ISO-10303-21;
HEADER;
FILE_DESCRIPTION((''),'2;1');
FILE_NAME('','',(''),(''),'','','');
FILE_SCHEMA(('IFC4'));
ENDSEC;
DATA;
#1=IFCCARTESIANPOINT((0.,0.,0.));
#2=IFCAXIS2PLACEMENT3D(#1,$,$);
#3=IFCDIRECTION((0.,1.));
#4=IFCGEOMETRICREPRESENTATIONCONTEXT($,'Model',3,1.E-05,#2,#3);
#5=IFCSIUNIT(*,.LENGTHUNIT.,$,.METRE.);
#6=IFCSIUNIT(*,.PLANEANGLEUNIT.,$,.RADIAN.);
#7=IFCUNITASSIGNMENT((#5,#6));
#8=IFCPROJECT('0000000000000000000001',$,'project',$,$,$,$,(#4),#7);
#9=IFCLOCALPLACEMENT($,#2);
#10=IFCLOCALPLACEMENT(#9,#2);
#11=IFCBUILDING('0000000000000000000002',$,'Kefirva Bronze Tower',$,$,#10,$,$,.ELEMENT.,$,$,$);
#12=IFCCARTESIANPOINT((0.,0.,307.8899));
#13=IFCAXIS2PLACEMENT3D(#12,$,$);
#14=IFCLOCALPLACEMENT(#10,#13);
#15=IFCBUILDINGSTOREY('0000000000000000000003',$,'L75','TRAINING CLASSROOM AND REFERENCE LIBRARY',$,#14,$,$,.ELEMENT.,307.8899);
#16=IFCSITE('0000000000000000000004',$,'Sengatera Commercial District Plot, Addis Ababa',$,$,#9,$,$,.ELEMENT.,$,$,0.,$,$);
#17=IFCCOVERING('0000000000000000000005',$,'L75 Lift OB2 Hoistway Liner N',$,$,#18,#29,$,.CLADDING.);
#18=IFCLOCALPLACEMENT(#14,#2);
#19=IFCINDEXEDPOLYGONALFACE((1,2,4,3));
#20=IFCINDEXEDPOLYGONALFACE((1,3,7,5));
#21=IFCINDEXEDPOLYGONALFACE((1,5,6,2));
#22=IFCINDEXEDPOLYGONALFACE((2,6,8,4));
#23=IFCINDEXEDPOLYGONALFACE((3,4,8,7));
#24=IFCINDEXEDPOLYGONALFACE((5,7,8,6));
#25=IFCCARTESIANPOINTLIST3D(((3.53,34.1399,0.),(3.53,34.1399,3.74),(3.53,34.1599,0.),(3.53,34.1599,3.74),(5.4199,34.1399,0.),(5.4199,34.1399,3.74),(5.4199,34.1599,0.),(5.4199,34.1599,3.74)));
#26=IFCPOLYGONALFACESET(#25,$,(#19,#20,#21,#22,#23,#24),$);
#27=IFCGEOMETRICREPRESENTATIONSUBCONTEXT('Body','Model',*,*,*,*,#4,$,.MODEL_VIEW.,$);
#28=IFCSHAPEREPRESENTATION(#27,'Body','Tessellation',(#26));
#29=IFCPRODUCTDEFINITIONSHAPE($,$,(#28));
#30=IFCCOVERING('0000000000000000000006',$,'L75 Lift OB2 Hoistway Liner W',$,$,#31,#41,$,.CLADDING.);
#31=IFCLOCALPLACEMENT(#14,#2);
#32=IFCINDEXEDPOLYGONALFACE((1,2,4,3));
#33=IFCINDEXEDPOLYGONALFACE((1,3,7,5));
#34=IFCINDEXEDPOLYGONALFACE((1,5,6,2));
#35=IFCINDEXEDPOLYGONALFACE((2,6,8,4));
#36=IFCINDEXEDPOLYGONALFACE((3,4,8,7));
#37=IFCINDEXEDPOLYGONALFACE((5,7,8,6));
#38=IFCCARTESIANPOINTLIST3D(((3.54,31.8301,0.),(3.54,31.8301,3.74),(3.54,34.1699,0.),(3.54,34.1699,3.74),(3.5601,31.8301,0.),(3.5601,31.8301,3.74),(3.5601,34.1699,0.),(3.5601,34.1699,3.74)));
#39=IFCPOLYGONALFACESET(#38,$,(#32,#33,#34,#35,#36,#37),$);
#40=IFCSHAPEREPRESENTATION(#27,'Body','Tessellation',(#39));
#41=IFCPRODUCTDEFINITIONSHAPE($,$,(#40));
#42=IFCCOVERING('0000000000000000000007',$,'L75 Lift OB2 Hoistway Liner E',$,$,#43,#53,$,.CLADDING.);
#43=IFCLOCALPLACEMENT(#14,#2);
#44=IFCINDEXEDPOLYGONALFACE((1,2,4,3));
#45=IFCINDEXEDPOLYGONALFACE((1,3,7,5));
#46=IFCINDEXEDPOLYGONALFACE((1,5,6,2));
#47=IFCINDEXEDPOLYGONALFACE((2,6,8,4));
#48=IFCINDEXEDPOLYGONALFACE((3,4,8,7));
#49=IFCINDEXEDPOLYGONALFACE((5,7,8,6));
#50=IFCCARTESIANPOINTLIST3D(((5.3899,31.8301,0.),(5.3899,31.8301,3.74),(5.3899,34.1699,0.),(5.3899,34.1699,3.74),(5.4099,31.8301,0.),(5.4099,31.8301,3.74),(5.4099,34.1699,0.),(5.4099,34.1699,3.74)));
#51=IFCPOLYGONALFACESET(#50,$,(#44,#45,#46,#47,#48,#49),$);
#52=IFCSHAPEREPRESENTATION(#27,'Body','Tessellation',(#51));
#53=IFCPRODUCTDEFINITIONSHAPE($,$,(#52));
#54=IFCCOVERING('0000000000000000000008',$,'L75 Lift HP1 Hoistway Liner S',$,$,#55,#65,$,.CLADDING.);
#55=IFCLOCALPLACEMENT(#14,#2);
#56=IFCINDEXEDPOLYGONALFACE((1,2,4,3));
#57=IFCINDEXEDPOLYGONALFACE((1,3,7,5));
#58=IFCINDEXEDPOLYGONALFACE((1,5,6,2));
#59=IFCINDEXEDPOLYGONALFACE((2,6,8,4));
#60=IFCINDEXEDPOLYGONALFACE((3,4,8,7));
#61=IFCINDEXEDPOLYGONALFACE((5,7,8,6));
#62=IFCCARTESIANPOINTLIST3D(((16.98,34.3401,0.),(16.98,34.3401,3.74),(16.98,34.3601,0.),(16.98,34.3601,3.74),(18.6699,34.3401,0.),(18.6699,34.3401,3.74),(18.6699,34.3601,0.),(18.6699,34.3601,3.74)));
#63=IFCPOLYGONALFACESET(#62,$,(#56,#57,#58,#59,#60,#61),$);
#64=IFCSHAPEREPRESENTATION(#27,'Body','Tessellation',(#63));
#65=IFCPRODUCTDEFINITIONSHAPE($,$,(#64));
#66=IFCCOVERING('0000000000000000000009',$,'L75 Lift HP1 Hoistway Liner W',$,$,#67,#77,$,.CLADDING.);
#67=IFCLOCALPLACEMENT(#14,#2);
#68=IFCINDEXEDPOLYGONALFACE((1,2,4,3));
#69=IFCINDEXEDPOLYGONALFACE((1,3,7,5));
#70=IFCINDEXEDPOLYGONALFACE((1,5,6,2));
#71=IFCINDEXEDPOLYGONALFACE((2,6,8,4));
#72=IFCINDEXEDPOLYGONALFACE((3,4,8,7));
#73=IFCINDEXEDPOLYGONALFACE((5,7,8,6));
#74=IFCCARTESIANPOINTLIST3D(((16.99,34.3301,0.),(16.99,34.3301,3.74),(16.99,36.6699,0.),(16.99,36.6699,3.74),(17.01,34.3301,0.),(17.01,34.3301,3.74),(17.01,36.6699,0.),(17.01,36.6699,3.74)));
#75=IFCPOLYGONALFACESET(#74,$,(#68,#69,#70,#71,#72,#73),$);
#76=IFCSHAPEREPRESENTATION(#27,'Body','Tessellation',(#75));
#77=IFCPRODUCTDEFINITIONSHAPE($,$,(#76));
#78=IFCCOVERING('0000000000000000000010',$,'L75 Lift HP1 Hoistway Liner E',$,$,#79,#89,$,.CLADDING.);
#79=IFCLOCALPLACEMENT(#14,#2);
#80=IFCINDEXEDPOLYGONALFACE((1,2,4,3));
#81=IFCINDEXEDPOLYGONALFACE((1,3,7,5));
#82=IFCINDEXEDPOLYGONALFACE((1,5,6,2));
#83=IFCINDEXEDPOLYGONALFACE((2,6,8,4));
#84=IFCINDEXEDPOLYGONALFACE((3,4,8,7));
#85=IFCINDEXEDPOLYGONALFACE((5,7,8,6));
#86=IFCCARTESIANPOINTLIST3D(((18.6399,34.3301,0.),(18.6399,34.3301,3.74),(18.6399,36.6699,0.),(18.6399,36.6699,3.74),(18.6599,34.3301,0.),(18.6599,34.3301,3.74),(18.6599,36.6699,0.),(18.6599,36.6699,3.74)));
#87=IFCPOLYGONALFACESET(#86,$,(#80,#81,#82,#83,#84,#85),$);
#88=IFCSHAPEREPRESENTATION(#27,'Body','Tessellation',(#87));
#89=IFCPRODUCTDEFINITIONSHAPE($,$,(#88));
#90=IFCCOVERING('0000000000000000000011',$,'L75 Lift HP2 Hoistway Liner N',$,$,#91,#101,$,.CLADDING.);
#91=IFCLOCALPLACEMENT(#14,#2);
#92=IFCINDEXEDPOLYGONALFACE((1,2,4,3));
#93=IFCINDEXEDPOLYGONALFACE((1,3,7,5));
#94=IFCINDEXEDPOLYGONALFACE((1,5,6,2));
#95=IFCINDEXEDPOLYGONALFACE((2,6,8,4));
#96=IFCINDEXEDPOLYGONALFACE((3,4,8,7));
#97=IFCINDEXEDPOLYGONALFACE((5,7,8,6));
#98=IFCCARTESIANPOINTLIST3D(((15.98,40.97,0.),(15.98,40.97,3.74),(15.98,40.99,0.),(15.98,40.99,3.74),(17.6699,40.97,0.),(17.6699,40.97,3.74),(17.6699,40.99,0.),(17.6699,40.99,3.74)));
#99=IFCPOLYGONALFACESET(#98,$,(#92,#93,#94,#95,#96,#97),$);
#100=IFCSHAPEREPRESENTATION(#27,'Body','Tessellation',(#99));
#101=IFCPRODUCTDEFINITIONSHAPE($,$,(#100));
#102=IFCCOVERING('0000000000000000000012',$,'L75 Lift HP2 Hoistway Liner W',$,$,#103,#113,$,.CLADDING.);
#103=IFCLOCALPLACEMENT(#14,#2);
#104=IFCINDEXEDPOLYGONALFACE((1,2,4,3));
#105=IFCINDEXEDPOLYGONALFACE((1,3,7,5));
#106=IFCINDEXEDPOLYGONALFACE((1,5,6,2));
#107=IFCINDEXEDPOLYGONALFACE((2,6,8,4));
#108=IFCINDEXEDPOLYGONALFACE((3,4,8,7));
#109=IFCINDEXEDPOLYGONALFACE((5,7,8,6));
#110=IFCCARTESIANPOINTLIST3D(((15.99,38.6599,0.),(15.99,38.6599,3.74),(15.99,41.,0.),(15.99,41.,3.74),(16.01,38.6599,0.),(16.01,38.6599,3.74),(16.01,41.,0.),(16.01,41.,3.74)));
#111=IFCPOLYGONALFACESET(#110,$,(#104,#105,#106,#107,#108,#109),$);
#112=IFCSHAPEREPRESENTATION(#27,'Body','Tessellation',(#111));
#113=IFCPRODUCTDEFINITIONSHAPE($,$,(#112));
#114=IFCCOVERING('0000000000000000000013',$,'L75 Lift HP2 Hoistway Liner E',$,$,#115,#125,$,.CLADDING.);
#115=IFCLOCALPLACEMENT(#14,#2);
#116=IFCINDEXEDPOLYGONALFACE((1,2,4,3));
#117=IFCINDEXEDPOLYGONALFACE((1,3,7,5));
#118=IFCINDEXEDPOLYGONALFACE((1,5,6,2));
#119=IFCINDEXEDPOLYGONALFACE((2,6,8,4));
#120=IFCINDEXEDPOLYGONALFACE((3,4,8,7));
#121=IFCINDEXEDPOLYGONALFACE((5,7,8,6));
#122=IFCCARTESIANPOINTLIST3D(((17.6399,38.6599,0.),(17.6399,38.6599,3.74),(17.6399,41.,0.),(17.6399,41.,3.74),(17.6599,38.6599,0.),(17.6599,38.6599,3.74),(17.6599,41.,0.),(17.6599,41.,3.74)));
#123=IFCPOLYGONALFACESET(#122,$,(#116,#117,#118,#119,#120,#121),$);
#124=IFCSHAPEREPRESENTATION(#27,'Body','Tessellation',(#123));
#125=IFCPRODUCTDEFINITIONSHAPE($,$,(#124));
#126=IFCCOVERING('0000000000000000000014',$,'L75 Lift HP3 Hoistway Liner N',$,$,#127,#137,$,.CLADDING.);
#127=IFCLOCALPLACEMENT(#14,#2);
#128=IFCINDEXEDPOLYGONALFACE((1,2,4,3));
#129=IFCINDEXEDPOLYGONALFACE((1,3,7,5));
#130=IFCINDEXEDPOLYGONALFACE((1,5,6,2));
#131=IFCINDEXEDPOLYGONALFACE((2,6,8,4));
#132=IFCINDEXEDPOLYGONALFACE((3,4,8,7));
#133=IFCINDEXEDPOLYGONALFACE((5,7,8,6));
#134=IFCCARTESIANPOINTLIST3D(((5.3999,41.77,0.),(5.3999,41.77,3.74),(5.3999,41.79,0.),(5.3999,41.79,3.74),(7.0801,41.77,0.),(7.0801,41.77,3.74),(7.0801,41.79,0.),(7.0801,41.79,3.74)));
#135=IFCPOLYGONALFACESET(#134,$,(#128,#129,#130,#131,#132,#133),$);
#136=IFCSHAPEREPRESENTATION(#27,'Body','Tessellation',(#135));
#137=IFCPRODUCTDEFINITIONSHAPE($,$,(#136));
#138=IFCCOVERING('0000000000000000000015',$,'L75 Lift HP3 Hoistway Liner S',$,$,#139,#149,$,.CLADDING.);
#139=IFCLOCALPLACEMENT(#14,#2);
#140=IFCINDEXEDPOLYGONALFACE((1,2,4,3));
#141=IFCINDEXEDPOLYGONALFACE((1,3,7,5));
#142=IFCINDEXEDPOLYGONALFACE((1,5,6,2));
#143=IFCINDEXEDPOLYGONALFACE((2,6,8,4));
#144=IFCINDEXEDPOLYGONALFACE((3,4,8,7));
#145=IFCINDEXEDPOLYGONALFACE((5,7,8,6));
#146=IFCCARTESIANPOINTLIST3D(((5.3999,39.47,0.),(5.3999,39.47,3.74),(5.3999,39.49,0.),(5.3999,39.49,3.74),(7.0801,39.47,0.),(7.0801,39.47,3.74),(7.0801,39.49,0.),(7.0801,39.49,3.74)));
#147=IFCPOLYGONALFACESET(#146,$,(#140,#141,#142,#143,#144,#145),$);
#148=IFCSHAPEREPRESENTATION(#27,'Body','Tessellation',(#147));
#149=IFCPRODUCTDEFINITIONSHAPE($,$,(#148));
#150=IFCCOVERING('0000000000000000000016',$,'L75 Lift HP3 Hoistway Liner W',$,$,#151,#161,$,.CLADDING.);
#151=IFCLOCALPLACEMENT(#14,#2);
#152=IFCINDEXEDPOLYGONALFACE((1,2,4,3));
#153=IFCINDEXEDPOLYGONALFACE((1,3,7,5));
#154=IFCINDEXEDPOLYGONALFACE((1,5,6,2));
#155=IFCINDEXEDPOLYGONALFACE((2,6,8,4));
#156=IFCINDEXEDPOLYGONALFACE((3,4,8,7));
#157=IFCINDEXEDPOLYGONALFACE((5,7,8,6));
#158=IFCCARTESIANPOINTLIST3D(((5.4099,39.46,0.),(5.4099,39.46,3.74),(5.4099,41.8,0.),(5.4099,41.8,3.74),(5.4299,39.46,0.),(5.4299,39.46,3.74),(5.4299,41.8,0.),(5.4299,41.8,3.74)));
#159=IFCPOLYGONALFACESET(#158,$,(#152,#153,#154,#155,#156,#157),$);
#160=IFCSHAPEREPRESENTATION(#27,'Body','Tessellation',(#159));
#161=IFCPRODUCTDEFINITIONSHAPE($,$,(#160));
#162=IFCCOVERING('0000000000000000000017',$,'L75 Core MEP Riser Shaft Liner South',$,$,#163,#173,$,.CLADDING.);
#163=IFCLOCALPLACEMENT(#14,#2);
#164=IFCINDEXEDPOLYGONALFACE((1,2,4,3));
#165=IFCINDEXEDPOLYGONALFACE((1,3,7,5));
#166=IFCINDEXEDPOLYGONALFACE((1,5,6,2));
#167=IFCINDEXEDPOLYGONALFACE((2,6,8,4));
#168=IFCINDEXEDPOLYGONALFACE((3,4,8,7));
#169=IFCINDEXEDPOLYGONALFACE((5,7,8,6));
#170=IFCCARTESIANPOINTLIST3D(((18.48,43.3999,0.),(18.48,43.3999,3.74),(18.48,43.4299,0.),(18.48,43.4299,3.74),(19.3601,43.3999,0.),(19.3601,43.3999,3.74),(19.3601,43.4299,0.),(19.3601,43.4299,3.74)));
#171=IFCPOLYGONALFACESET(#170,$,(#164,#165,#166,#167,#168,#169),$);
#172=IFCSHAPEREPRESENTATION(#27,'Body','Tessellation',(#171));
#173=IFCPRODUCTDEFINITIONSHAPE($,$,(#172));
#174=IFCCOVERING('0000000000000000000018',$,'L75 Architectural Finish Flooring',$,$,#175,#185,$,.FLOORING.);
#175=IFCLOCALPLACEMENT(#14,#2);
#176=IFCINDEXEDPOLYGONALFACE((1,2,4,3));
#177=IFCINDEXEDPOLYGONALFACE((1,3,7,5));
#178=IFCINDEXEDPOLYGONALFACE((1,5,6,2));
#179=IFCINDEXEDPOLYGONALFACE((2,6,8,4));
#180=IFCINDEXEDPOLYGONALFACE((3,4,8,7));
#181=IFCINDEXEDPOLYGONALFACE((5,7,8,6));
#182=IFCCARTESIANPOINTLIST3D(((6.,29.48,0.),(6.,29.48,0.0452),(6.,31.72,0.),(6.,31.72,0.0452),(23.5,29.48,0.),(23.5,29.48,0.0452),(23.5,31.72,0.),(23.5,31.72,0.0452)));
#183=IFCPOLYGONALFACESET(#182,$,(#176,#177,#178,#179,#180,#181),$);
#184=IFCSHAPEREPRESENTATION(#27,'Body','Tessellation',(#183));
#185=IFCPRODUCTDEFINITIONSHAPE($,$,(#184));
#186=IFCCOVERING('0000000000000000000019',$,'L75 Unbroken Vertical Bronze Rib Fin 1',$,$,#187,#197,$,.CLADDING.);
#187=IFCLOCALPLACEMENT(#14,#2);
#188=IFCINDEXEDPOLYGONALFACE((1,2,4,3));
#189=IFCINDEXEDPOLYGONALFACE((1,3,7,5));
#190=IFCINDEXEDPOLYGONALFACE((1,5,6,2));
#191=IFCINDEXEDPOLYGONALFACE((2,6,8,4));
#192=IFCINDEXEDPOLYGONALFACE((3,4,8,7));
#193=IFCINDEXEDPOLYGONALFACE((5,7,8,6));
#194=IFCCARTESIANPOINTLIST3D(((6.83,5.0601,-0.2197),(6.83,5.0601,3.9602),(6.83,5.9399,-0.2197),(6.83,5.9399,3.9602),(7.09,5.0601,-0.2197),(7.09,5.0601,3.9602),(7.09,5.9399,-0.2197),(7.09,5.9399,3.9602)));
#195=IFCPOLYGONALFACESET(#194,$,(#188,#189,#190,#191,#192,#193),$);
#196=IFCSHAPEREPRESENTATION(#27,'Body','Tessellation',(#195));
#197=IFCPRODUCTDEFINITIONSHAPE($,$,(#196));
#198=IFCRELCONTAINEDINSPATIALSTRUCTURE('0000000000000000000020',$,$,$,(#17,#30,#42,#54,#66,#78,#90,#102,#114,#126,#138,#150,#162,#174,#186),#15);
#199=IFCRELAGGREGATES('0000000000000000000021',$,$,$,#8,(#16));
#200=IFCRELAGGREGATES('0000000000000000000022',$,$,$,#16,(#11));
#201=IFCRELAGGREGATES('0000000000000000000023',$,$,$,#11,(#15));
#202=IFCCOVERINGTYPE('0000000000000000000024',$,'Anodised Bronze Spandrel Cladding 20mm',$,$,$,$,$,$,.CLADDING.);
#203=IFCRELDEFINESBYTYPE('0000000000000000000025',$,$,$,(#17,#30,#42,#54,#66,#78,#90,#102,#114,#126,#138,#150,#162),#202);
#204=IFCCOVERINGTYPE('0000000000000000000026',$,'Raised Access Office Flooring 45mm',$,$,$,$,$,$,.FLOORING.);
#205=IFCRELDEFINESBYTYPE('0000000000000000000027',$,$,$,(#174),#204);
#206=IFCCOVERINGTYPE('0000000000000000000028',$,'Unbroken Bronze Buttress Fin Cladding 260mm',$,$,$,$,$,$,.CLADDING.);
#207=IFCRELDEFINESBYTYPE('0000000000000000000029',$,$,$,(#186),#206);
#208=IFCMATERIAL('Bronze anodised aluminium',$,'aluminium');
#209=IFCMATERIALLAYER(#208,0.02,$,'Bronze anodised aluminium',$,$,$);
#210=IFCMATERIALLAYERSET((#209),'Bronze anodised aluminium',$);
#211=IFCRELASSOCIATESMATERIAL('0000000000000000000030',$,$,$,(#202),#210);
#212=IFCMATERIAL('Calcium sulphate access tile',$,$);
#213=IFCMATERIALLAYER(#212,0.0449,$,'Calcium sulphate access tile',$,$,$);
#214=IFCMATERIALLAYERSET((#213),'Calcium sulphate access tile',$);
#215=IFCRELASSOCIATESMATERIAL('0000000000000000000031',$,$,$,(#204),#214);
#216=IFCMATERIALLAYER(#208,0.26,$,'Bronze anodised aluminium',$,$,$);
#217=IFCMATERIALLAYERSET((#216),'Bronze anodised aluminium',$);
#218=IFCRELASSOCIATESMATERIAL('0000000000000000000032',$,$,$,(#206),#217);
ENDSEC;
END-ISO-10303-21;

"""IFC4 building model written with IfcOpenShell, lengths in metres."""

from ifc_helpers import new_model, si_unit, direction, frame, origin, origin_2d, place, context, subcontext, project, spatial, polyline, rectangle, outline, extrude, material, layer, layer_set, type_object, element, save


model = new_model("IFC4")

# Units and contexts
model_context = context("Model", 3, precision=1e-05, world=origin(), true_north=direction((0.0, 1.0)))
body_context = subcontext(model_context, "Body", "Model", "MODEL_VIEW")
ifc_project = project(units=[si_unit("LENGTHUNIT", "METRE"), si_unit("PLANEANGLEUNIT", "RADIAN")], contexts=[model_context])

# Site, building, storey
site_placement = place(None, origin())
site = spatial("IfcSite", under=ifc_project, at=site_placement, Name="Sengatera Commercial District Plot, Addis Ababa", CompositionType="ELEMENT", RefElevation=0.0)
building_placement = place(site_placement, origin())
building = spatial("IfcBuilding", under=site, at=building_placement, Name="Kefirva Bronze Tower", CompositionType="ELEMENT")
storey_placement = place(building_placement, frame((0.0, 0.0, 307.8899)))
storey = spatial("IfcBuildingStorey", under=building, at=storey_placement, Name="L75", Description="TRAINING CLASSROOM AND REFERENCE LIBRARY", CompositionType="ELEMENT", Elevation=307.8899)

# Shared definitions
ifc_material_1 = material(Name="Bronze anodised aluminium", Category="aluminium")

# Coverings
ifc_layer_1 = layer(ifc_material_1, 0.02, Name="Bronze anodised aluminium")
ifc_layer_set_1 = layer_set([ifc_layer_1], Name="Bronze anodised aluminium")
covering_type_1 = type_object("IfcCoveringType", Name="Anodised Bronze Spandrel Cladding 20mm", PredefinedType="CLADDING", material=ifc_layer_set_1)
covering_1_placement = place(storey_placement, origin())
element("IfcCovering", 1, at=covering_1_placement, inside=storey, type_object=covering_type_1, Name="L75 Lift OB2 Hoistway Liner N", PredefinedType="CLADDING", context=body_context, shape_type="SweptSolid", body=[
    extrude(outline(polyline([(3.53, 34.1399), (5.4199, 34.1399), (5.4199, 34.1599), (3.53, 34.1599), (3.53, 34.1399)])), origin(), (0.0, 0.0, 1.0), 3.74),
])
covering_2_placement = place(storey_placement, origin())
element("IfcCovering", 2, at=covering_2_placement, inside=storey, type_object=covering_type_1, Name="L75 Lift OB2 Hoistway Liner W", PredefinedType="CLADDING", context=body_context, shape_type="SweptSolid", body=[
    extrude(outline(polyline([(3.54, 31.8301), (3.5601, 31.8301), (3.5601, 34.1699), (3.54, 34.1699), (3.54, 31.8301)])), origin(), (0.0, 0.0, 1.0), 3.74),
])
covering_3_placement = place(storey_placement, origin())
element("IfcCovering", 3, at=covering_3_placement, inside=storey, type_object=covering_type_1, Name="L75 Lift OB2 Hoistway Liner E", PredefinedType="CLADDING", context=body_context, shape_type="SweptSolid", body=[
    extrude(outline(polyline([(5.3899, 31.8301), (5.4099, 31.8301), (5.4099, 34.1699), (5.3899, 34.1699), (5.3899, 31.8301)])), origin(), (0.0, 0.0, 1.0), 3.74),
])
covering_4_placement = place(storey_placement, origin())
element("IfcCovering", 4, at=covering_4_placement, inside=storey, type_object=covering_type_1, Name="L75 Lift HP1 Hoistway Liner S", PredefinedType="CLADDING", context=body_context, shape_type="SweptSolid", body=[
    extrude(outline(polyline([(16.98, 34.3401), (18.6699, 34.3401), (18.6699, 34.3601), (16.98, 34.3601), (16.98, 34.3401)])), origin(), (0.0, 0.0, 1.0), 3.74),
])
covering_5_placement = place(storey_placement, origin())
element("IfcCovering", 5, at=covering_5_placement, inside=storey, type_object=covering_type_1, Name="L75 Lift HP1 Hoistway Liner W", PredefinedType="CLADDING", context=body_context, shape_type="SweptSolid", body=[
    extrude(outline(polyline([(16.99, 34.3301), (17.01, 34.3301), (17.01, 36.6699), (16.99, 36.6699), (16.99, 34.3301)])), origin(), (0.0, 0.0, 1.0), 3.74),
])
covering_6_placement = place(storey_placement, origin())
element("IfcCovering", 6, at=covering_6_placement, inside=storey, type_object=covering_type_1, Name="L75 Lift HP1 Hoistway Liner E", PredefinedType="CLADDING", context=body_context, shape_type="SweptSolid", body=[
    extrude(outline(polyline([(18.6399, 34.3301), (18.6599, 34.3301), (18.6599, 36.6699), (18.6399, 36.6699), (18.6399, 34.3301)])), origin(), (0.0, 0.0, 1.0), 3.74),
])
covering_7_placement = place(storey_placement, origin())
element("IfcCovering", 7, at=covering_7_placement, inside=storey, type_object=covering_type_1, Name="L75 Lift HP2 Hoistway Liner N", PredefinedType="CLADDING", context=body_context, shape_type="SweptSolid", body=[
    extrude(outline(polyline([(15.98, 40.97), (17.6699, 40.97), (17.6699, 40.99), (15.98, 40.99), (15.98, 40.97)])), origin(), (0.0, 0.0, 1.0), 3.74),
])
covering_8_placement = place(storey_placement, origin())
element("IfcCovering", 8, at=covering_8_placement, inside=storey, type_object=covering_type_1, Name="L75 Lift HP2 Hoistway Liner W", PredefinedType="CLADDING", context=body_context, shape_type="SweptSolid", body=[
    extrude(outline(polyline([(15.99, 38.6599), (16.01, 38.6599), (16.01, 41.0), (15.99, 41.0), (15.99, 38.6599)])), origin(), (0.0, 0.0, 1.0), 3.74),
])
covering_9_placement = place(storey_placement, origin())
element("IfcCovering", 9, at=covering_9_placement, inside=storey, type_object=covering_type_1, Name="L75 Lift HP2 Hoistway Liner E", PredefinedType="CLADDING", context=body_context, shape_type="SweptSolid", body=[
    extrude(outline(polyline([(17.6399, 38.6599), (17.6599, 38.6599), (17.6599, 41.0), (17.6399, 41.0), (17.6399, 38.6599)])), origin(), (0.0, 0.0, 1.0), 3.74),
])
covering_10_placement = place(storey_placement, origin())
element("IfcCovering", 10, at=covering_10_placement, inside=storey, type_object=covering_type_1, Name="L75 Lift HP3 Hoistway Liner N", PredefinedType="CLADDING", context=body_context, shape_type="SweptSolid", body=[
    extrude(outline(polyline([(5.3999, 41.77), (7.0801, 41.77), (7.0801, 41.79), (5.3999, 41.79), (5.3999, 41.77)])), origin(), (0.0, 0.0, 1.0), 3.74),
])
covering_11_placement = place(storey_placement, origin())
element("IfcCovering", 11, at=covering_11_placement, inside=storey, type_object=covering_type_1, Name="L75 Lift HP3 Hoistway Liner S", PredefinedType="CLADDING", context=body_context, shape_type="SweptSolid", body=[
    extrude(outline(polyline([(5.3999, 39.47), (7.0801, 39.47), (7.0801, 39.49), (5.3999, 39.49), (5.3999, 39.47)])), origin(), (0.0, 0.0, 1.0), 3.74),
])
covering_12_placement = place(storey_placement, origin())
element("IfcCovering", 12, at=covering_12_placement, inside=storey, type_object=covering_type_1, Name="L75 Lift HP3 Hoistway Liner W", PredefinedType="CLADDING", context=body_context, shape_type="SweptSolid", body=[
    extrude(outline(polyline([(5.4099, 39.46), (5.4299, 39.46), (5.4299, 41.8), (5.4099, 41.8), (5.4099, 39.46)])), origin(), (0.0, 0.0, 1.0), 3.74),
])
covering_13_placement = place(storey_placement, origin())
element("IfcCovering", 13, at=covering_13_placement, inside=storey, type_object=covering_type_1, Name="L75 Core MEP Riser Shaft Liner South", PredefinedType="CLADDING", context=body_context, shape_type="SweptSolid", body=[
    extrude(outline(polyline([(18.48, 43.3999), (19.3601, 43.3999), (19.3601, 43.4299), (18.48, 43.4299), (18.48, 43.3999)])), origin(), (0.0, 0.0, 1.0), 3.74),
])
ifc_material_2 = material(Name="Calcium sulphate access tile")
ifc_layer_2 = layer(ifc_material_2, 0.0449, Name="Calcium sulphate access tile")
ifc_layer_set_2 = layer_set([ifc_layer_2], Name="Calcium sulphate access tile")
covering_type_2 = type_object("IfcCoveringType", Name="Raised Access Office Flooring 45mm", PredefinedType="FLOORING", material=ifc_layer_set_2)
covering_14_placement = place(storey_placement, origin())
element("IfcCovering", 14, at=covering_14_placement, inside=storey, type_object=covering_type_2, Name="L75 Architectural Finish Flooring", PredefinedType="FLOORING", context=body_context, shape_type="SweptSolid", body=[
    extrude(outline(polyline([(6.0, 29.48), (23.5, 29.48), (23.5, 31.72), (6.0, 31.72), (6.0, 29.48)])), origin(), (0.0, 0.0, 1.0), 0.0452),
])
ifc_layer_3 = layer(ifc_material_1, 0.26, Name="Bronze anodised aluminium")
ifc_layer_set_3 = layer_set([ifc_layer_3], Name="Bronze anodised aluminium")
covering_type_3 = type_object("IfcCoveringType", Name="Unbroken Bronze Buttress Fin Cladding 260mm", PredefinedType="CLADDING", material=ifc_layer_set_3)
covering_15_placement = place(storey_placement, frame((6.96, 5.5, -0.2197), z_axis=(0.0, 0.0, 1.0), x_axis=(1.0, 0.0, 0.0)))
element("IfcCovering", 15, at=covering_15_placement, inside=storey, type_object=covering_type_3, Name="L75 Unbroken Vertical Bronze Rib Fin 1", PredefinedType="CLADDING", context=body_context, shape_type="SweptSolid", body=[
    extrude(rectangle(XDim=0.26, YDim=0.8799, at=origin_2d()), origin(), (0.0, 0.0, 1.0), 4.1799),
])

save(model, "model.ifc")
